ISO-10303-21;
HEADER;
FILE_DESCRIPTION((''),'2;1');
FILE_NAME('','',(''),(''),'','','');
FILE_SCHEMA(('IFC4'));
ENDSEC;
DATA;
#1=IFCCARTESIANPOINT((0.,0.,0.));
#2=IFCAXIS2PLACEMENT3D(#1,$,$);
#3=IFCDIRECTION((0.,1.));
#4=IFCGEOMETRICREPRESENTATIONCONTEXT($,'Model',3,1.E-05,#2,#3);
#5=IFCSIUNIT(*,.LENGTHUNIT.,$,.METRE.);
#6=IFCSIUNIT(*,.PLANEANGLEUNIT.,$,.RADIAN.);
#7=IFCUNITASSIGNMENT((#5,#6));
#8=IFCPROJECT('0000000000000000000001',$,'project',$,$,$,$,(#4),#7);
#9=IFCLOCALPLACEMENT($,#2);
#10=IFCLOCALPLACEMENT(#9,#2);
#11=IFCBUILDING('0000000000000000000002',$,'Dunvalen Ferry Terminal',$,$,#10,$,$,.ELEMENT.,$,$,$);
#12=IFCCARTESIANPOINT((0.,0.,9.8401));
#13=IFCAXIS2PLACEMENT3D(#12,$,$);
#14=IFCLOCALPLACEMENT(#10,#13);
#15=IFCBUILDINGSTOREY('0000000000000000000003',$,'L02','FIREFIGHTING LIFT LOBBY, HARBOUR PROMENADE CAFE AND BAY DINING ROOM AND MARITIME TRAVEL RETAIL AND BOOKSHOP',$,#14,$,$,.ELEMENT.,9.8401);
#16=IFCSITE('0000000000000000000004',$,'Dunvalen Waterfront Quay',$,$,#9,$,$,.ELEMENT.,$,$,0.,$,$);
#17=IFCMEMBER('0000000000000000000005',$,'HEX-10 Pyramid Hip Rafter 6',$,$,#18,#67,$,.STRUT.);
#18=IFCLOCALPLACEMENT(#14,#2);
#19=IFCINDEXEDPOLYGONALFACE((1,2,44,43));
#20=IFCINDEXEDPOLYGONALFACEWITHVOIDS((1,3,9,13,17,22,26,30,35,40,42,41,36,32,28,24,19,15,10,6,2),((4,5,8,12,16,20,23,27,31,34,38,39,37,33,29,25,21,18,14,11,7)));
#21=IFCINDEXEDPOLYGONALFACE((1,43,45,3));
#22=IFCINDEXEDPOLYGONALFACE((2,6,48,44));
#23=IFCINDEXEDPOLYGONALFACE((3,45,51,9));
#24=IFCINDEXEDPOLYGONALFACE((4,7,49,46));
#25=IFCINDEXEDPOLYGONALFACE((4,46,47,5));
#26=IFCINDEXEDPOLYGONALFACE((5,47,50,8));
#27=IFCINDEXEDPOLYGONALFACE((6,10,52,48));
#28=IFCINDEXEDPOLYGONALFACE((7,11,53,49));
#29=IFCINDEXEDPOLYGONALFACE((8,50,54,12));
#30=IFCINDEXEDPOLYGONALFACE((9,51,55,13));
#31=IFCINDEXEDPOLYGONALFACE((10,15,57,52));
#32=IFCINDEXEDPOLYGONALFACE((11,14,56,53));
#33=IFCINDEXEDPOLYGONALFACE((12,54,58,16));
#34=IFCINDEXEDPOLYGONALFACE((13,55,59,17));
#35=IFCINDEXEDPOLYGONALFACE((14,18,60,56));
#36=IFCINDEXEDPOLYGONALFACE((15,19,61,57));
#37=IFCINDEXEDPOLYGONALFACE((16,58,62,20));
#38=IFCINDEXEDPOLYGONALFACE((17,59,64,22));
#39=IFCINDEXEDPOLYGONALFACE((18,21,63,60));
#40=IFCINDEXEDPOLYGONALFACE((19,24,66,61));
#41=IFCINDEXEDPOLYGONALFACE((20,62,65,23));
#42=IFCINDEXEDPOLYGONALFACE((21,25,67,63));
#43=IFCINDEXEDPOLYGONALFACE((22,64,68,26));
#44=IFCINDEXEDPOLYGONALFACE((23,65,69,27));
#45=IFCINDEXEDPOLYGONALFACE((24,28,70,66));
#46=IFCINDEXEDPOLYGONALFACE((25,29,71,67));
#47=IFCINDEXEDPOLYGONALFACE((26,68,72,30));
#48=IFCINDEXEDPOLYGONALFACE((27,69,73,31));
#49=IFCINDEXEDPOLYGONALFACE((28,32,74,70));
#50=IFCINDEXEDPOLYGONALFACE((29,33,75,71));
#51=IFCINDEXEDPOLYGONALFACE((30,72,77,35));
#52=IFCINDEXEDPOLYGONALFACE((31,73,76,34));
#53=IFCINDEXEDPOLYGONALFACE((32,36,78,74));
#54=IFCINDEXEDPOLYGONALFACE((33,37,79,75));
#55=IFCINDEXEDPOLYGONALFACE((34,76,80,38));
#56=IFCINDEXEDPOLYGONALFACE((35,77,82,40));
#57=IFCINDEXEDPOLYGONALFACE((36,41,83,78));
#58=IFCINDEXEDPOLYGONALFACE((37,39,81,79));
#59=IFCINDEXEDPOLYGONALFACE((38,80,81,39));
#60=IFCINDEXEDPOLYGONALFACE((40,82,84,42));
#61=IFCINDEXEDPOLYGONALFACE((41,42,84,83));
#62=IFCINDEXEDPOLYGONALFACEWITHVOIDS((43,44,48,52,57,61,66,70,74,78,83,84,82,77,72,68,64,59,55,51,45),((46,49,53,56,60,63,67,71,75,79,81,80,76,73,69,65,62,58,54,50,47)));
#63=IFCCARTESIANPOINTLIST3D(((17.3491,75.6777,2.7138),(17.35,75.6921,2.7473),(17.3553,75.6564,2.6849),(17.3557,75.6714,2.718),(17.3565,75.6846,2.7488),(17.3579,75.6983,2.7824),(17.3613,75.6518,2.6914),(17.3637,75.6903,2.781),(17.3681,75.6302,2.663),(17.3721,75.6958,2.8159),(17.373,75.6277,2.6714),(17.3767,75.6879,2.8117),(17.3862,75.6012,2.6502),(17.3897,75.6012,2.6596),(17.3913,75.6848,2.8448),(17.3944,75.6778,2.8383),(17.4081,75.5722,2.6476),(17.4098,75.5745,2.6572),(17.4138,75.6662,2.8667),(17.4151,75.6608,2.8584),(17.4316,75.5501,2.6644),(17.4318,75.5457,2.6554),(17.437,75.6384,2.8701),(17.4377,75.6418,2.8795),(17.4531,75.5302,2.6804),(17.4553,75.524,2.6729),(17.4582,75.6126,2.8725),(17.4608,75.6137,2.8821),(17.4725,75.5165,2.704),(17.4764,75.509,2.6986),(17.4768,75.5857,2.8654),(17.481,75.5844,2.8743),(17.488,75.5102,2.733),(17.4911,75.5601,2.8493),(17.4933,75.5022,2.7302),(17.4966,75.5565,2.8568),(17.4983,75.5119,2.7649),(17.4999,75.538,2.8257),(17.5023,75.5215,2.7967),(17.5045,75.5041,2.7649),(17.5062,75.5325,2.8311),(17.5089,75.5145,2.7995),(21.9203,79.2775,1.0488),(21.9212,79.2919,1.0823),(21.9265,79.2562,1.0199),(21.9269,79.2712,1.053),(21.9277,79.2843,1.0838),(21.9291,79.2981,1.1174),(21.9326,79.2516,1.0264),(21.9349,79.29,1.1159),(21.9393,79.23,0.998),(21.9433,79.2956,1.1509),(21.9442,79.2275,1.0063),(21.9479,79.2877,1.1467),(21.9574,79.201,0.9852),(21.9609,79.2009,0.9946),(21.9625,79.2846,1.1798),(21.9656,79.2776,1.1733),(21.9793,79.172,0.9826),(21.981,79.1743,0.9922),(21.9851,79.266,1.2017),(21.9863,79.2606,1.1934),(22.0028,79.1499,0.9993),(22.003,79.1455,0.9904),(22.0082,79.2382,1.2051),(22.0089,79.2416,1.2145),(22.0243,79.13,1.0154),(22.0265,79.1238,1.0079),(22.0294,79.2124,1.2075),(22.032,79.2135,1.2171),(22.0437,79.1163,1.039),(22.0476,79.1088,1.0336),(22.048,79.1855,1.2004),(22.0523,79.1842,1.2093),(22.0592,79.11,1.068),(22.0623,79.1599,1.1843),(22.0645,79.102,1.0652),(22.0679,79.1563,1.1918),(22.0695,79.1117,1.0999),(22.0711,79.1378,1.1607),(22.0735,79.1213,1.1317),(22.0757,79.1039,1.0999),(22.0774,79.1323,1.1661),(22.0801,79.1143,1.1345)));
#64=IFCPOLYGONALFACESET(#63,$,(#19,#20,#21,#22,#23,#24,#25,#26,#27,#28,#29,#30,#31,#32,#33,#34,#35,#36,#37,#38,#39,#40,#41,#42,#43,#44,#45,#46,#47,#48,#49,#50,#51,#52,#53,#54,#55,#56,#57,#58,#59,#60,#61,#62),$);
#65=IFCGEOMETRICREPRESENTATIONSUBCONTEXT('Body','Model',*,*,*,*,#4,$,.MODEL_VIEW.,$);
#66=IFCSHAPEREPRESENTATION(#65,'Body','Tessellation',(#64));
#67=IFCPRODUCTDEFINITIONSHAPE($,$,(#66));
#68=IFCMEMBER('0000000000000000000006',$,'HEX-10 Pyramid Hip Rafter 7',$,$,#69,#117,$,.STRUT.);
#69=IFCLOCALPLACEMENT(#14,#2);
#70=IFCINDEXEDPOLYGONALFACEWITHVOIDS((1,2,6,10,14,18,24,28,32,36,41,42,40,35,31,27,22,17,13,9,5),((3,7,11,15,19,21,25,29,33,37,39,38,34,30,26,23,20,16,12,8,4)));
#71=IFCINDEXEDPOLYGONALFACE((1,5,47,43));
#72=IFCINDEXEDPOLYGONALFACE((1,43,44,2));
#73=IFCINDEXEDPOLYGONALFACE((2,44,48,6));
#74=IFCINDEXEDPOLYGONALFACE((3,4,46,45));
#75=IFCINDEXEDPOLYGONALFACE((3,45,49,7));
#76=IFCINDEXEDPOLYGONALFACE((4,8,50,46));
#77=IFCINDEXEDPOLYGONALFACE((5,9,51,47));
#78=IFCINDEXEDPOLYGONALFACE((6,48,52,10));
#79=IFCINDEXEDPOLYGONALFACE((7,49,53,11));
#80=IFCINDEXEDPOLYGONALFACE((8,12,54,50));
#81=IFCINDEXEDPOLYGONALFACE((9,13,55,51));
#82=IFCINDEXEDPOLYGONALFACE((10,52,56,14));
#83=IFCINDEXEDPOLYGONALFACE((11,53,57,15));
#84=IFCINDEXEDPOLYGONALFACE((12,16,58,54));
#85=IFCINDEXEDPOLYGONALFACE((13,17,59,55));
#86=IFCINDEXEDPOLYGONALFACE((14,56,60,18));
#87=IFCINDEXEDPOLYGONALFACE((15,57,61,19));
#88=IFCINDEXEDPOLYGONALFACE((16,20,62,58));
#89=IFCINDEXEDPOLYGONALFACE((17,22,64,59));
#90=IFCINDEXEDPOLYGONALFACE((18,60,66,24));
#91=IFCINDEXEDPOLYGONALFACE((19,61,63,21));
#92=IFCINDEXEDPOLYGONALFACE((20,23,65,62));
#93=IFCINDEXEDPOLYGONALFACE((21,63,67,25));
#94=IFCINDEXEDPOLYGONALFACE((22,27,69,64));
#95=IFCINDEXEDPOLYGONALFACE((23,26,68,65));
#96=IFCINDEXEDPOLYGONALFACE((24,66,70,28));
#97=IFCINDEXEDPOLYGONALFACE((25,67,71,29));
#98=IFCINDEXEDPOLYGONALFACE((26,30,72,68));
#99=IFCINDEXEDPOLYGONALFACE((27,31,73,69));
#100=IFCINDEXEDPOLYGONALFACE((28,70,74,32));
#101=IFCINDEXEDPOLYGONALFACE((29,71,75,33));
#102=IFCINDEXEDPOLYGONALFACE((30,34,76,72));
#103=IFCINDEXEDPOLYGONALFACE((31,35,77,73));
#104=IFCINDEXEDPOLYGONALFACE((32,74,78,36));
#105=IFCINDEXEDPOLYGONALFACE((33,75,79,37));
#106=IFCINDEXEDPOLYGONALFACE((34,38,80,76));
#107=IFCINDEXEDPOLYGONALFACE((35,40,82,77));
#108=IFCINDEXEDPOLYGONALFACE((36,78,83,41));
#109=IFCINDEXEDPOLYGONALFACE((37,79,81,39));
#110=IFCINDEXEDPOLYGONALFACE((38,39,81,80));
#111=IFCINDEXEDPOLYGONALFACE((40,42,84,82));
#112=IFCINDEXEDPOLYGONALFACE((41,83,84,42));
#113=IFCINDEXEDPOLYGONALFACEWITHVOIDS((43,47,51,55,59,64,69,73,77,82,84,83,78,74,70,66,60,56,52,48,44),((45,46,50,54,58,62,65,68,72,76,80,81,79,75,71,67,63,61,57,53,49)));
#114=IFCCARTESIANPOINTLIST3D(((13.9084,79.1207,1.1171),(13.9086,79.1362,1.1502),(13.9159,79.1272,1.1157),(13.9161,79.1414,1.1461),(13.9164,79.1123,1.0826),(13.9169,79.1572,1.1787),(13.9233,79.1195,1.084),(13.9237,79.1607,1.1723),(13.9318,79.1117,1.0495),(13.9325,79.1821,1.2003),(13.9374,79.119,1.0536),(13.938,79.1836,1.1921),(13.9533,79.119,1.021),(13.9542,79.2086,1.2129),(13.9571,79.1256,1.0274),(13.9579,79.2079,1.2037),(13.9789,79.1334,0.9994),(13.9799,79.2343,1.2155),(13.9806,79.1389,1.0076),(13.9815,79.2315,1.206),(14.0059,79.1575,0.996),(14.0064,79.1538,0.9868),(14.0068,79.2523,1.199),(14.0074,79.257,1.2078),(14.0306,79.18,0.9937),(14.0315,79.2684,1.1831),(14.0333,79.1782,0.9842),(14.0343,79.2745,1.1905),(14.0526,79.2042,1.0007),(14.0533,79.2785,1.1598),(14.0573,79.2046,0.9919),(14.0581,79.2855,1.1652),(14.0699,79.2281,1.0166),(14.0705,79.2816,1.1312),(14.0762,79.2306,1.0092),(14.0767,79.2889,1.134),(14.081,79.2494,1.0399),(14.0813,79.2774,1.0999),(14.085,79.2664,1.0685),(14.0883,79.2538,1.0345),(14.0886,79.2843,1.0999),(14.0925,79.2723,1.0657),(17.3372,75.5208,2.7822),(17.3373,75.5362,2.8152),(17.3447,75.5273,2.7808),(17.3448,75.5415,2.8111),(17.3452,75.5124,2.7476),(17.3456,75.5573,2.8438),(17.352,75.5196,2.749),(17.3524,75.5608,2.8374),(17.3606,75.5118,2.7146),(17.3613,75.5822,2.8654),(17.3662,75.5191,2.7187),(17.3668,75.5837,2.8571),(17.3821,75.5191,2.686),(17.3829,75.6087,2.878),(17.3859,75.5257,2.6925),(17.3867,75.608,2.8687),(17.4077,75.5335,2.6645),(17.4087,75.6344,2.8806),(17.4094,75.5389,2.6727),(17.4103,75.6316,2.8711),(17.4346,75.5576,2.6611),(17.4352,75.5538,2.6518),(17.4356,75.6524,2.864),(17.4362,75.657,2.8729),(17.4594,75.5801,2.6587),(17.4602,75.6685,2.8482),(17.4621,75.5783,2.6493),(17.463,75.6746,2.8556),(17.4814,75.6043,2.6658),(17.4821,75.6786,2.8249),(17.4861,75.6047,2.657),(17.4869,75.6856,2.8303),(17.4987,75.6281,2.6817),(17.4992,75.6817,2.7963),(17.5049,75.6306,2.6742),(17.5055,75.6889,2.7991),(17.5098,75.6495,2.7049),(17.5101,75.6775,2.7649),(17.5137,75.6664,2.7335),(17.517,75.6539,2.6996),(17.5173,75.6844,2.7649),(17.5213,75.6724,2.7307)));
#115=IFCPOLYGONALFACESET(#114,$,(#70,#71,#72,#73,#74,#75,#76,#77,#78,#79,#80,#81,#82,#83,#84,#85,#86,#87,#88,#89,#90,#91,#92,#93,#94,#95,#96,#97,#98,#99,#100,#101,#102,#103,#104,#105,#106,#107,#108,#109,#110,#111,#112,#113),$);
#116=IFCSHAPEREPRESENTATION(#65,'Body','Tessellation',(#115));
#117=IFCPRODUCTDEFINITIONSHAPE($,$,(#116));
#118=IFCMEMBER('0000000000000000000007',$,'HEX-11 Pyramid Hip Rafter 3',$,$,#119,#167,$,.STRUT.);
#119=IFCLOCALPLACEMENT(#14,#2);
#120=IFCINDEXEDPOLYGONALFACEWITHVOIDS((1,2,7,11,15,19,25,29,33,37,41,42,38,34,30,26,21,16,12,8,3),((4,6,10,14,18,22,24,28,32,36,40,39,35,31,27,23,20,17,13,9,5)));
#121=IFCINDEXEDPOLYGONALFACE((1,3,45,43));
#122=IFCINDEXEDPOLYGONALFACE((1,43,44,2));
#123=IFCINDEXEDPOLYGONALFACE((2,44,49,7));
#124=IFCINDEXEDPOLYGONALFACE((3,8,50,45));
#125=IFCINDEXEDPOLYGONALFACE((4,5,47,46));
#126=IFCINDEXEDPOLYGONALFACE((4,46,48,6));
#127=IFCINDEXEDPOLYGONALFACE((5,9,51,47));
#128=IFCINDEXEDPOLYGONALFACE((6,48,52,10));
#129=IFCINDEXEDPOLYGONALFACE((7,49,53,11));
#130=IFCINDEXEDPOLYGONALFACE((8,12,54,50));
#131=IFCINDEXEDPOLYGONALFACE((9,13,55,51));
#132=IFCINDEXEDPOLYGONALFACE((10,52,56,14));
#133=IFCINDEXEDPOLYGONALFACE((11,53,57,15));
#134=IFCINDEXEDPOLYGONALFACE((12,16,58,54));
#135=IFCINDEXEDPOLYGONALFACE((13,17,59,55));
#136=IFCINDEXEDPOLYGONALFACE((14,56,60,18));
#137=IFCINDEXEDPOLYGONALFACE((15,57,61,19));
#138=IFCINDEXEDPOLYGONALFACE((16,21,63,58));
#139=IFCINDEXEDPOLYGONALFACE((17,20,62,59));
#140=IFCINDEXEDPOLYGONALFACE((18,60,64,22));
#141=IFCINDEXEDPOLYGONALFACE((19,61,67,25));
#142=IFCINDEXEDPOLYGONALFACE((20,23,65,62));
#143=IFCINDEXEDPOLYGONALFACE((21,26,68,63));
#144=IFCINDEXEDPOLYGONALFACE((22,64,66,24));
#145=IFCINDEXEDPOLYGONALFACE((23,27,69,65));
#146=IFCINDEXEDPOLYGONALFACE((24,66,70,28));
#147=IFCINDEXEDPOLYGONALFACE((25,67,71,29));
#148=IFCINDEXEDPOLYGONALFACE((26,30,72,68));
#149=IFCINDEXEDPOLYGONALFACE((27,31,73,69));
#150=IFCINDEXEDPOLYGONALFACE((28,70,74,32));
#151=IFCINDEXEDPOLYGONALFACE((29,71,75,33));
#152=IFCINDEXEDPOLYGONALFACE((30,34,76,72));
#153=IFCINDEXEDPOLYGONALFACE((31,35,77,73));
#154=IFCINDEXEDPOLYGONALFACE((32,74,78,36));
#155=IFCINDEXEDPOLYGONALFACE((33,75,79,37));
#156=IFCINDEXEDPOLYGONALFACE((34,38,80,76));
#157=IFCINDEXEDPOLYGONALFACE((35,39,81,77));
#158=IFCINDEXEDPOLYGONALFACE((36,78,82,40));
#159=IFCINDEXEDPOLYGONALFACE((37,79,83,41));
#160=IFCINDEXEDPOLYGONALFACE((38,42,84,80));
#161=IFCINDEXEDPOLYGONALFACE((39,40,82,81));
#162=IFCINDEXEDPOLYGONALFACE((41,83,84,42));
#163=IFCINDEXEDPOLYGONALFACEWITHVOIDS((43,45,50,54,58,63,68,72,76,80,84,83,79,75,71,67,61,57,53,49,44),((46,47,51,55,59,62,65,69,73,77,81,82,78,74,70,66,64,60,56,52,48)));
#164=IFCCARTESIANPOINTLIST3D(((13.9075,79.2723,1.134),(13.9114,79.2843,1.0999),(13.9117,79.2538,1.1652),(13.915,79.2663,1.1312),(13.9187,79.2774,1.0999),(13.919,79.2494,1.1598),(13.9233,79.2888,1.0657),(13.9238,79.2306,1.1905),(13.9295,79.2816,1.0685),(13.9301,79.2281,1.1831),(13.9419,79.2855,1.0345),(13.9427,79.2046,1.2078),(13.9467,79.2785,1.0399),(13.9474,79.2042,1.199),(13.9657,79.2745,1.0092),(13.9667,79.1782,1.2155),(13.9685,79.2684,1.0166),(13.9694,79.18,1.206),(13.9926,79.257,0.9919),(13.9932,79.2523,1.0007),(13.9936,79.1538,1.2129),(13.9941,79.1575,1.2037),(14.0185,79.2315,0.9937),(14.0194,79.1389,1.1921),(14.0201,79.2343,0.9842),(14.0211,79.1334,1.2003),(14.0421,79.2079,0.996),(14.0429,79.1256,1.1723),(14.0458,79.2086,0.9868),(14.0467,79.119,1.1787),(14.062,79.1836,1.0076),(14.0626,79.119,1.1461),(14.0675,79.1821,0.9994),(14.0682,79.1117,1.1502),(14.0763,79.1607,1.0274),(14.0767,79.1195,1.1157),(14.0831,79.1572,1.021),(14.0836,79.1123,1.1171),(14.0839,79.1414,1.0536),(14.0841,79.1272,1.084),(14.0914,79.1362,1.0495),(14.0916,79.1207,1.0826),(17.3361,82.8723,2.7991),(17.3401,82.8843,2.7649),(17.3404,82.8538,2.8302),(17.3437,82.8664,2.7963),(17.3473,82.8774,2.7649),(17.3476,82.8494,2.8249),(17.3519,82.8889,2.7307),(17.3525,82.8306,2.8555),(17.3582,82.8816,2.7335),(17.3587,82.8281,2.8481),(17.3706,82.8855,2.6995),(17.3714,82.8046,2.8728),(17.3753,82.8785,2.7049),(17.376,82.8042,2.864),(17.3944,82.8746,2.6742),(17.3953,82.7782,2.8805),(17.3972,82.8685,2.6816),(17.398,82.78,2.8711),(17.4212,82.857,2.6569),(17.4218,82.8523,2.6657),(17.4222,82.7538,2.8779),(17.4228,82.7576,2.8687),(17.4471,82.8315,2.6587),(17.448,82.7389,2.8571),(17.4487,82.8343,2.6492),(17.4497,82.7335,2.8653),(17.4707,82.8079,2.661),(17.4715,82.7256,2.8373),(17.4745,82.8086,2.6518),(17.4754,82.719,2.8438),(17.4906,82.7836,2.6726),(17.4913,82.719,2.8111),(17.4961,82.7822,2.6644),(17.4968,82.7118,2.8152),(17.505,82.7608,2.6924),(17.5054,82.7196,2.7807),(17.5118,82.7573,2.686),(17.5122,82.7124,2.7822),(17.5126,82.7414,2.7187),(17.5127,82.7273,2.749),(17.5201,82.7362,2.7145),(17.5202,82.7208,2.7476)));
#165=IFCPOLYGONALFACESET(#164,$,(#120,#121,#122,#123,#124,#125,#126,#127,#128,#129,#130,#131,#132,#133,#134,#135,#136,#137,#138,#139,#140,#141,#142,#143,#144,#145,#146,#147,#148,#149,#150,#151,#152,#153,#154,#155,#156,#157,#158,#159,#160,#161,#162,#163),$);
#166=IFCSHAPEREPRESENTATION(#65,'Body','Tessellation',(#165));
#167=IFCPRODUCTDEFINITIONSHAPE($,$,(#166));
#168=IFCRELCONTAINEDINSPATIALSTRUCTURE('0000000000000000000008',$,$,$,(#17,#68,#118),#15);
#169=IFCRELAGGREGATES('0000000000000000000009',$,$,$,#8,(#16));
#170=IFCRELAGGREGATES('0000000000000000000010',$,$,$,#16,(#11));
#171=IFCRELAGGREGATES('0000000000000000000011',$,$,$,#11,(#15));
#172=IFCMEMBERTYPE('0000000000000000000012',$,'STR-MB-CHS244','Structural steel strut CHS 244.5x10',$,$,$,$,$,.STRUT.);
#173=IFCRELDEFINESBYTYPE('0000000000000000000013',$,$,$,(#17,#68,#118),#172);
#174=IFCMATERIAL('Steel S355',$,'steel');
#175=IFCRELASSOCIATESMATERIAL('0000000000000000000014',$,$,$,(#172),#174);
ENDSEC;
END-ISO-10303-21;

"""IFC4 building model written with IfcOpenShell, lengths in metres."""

from ifc_helpers import new_model, si_unit, direction, frame, origin, origin_2d, place, context, subcontext, project, spatial, hollow_circle, extrude, material, material_profile, profile_set, type_object, element, save


model = new_model("IFC4")

# Units and contexts
model_context = context("Model", 3, precision=1e-05, world=origin(), true_north=direction((0.0, 1.0)))
body_context = subcontext(model_context, "Body", "Model", "MODEL_VIEW")
ifc_project = project(units=[si_unit("LENGTHUNIT", "METRE"), si_unit("PLANEANGLEUNIT", "RADIAN")], contexts=[model_context])

# Site, building, storey
site_placement = place(None, origin())
site = spatial("IfcSite", under=ifc_project, at=site_placement, Name="Dunvalen Waterfront Quay", CompositionType="ELEMENT", RefElevation=0.0)
building_placement = place(site_placement, origin())
building = spatial("IfcBuilding", under=site, at=building_placement, Name="Dunvalen Ferry Terminal", CompositionType="ELEMENT")
storey_placement = place(building_placement, frame((0.0, 0.0, 9.8401)))
storey = spatial("IfcBuildingStorey", under=building, at=storey_placement, Name="L02", Description="FIREFIGHTING LIFT LOBBY, HARBOUR PROMENADE CAFE AND BAY DINING ROOM AND MARITIME TRAVEL RETAIL AND BOOKSHOP", CompositionType="ELEMENT", Elevation=9.8401)

# Shared definitions
ifc_material_1 = material(Name="Steel S355", Category="steel")

# Members
ifc_material_profile_1 = material_profile(ifc_material_1, hollow_circle(Radius=0.1223, WallThickness=0.01, at=origin_2d()), Name="Steel S355")
ifc_profile_set_1 = profile_set([ifc_material_profile_1], Name="Steel S355")
member_type_1 = type_object("IfcMemberType", Name="STR-MB-CHS244", Description="Structural steel strut CHS 244.5x10", PredefinedType="STRUT", material=ifc_profile_set_1)
member_1_placement = place(storey_placement, frame((22.0, 79.2, 1.0999), z_axis=(-0.755322, -0.59481, 0.275117), x_axis=(0.618685, -0.785639, 0.0)))
element("IfcMember", 1, at=member_1_placement, inside=storey, type_object=member_type_1, Name="HEX-10 Pyramid Hip Rafter 6", PredefinedType="STRUT", context=body_context, shape_type="SweptSolid", body=[
    extrude(hollow_circle(Radius=0.1223, WallThickness=0.01, at=origin_2d()), origin(), (0.0, 0.0, 1.0), 6.052),
])
for number, where, z_axis, x_axis, name in (
    (2, (14.0, 79.2, 1.0999), (0.65398, -0.686623, 0.317583), (0.72411, 0.689685, 0.0), "HEX-10 Pyramid Hip Rafter 7"),
    (3, (14.0, 79.2, 1.0999), (0.653959, 0.686648, 0.317573), (-0.724133, 0.68966, 0.0), "HEX-11 Pyramid Hip Rafter 3"),
):
    element("IfcMember", number, at=place(storey_placement, frame(where, z_axis=z_axis, x_axis=x_axis)), inside=storey, type_object=member_type_1, Name=name, PredefinedType="STRUT", context=body_context, shape_type="SweptSolid", body=[
        extrude(hollow_circle(Radius=0.1223, WallThickness=0.01, at=origin_2d()), origin(), (0.0, 0.0, 1.0), 5.2429),
    ])

save(model, "model.ifc")
